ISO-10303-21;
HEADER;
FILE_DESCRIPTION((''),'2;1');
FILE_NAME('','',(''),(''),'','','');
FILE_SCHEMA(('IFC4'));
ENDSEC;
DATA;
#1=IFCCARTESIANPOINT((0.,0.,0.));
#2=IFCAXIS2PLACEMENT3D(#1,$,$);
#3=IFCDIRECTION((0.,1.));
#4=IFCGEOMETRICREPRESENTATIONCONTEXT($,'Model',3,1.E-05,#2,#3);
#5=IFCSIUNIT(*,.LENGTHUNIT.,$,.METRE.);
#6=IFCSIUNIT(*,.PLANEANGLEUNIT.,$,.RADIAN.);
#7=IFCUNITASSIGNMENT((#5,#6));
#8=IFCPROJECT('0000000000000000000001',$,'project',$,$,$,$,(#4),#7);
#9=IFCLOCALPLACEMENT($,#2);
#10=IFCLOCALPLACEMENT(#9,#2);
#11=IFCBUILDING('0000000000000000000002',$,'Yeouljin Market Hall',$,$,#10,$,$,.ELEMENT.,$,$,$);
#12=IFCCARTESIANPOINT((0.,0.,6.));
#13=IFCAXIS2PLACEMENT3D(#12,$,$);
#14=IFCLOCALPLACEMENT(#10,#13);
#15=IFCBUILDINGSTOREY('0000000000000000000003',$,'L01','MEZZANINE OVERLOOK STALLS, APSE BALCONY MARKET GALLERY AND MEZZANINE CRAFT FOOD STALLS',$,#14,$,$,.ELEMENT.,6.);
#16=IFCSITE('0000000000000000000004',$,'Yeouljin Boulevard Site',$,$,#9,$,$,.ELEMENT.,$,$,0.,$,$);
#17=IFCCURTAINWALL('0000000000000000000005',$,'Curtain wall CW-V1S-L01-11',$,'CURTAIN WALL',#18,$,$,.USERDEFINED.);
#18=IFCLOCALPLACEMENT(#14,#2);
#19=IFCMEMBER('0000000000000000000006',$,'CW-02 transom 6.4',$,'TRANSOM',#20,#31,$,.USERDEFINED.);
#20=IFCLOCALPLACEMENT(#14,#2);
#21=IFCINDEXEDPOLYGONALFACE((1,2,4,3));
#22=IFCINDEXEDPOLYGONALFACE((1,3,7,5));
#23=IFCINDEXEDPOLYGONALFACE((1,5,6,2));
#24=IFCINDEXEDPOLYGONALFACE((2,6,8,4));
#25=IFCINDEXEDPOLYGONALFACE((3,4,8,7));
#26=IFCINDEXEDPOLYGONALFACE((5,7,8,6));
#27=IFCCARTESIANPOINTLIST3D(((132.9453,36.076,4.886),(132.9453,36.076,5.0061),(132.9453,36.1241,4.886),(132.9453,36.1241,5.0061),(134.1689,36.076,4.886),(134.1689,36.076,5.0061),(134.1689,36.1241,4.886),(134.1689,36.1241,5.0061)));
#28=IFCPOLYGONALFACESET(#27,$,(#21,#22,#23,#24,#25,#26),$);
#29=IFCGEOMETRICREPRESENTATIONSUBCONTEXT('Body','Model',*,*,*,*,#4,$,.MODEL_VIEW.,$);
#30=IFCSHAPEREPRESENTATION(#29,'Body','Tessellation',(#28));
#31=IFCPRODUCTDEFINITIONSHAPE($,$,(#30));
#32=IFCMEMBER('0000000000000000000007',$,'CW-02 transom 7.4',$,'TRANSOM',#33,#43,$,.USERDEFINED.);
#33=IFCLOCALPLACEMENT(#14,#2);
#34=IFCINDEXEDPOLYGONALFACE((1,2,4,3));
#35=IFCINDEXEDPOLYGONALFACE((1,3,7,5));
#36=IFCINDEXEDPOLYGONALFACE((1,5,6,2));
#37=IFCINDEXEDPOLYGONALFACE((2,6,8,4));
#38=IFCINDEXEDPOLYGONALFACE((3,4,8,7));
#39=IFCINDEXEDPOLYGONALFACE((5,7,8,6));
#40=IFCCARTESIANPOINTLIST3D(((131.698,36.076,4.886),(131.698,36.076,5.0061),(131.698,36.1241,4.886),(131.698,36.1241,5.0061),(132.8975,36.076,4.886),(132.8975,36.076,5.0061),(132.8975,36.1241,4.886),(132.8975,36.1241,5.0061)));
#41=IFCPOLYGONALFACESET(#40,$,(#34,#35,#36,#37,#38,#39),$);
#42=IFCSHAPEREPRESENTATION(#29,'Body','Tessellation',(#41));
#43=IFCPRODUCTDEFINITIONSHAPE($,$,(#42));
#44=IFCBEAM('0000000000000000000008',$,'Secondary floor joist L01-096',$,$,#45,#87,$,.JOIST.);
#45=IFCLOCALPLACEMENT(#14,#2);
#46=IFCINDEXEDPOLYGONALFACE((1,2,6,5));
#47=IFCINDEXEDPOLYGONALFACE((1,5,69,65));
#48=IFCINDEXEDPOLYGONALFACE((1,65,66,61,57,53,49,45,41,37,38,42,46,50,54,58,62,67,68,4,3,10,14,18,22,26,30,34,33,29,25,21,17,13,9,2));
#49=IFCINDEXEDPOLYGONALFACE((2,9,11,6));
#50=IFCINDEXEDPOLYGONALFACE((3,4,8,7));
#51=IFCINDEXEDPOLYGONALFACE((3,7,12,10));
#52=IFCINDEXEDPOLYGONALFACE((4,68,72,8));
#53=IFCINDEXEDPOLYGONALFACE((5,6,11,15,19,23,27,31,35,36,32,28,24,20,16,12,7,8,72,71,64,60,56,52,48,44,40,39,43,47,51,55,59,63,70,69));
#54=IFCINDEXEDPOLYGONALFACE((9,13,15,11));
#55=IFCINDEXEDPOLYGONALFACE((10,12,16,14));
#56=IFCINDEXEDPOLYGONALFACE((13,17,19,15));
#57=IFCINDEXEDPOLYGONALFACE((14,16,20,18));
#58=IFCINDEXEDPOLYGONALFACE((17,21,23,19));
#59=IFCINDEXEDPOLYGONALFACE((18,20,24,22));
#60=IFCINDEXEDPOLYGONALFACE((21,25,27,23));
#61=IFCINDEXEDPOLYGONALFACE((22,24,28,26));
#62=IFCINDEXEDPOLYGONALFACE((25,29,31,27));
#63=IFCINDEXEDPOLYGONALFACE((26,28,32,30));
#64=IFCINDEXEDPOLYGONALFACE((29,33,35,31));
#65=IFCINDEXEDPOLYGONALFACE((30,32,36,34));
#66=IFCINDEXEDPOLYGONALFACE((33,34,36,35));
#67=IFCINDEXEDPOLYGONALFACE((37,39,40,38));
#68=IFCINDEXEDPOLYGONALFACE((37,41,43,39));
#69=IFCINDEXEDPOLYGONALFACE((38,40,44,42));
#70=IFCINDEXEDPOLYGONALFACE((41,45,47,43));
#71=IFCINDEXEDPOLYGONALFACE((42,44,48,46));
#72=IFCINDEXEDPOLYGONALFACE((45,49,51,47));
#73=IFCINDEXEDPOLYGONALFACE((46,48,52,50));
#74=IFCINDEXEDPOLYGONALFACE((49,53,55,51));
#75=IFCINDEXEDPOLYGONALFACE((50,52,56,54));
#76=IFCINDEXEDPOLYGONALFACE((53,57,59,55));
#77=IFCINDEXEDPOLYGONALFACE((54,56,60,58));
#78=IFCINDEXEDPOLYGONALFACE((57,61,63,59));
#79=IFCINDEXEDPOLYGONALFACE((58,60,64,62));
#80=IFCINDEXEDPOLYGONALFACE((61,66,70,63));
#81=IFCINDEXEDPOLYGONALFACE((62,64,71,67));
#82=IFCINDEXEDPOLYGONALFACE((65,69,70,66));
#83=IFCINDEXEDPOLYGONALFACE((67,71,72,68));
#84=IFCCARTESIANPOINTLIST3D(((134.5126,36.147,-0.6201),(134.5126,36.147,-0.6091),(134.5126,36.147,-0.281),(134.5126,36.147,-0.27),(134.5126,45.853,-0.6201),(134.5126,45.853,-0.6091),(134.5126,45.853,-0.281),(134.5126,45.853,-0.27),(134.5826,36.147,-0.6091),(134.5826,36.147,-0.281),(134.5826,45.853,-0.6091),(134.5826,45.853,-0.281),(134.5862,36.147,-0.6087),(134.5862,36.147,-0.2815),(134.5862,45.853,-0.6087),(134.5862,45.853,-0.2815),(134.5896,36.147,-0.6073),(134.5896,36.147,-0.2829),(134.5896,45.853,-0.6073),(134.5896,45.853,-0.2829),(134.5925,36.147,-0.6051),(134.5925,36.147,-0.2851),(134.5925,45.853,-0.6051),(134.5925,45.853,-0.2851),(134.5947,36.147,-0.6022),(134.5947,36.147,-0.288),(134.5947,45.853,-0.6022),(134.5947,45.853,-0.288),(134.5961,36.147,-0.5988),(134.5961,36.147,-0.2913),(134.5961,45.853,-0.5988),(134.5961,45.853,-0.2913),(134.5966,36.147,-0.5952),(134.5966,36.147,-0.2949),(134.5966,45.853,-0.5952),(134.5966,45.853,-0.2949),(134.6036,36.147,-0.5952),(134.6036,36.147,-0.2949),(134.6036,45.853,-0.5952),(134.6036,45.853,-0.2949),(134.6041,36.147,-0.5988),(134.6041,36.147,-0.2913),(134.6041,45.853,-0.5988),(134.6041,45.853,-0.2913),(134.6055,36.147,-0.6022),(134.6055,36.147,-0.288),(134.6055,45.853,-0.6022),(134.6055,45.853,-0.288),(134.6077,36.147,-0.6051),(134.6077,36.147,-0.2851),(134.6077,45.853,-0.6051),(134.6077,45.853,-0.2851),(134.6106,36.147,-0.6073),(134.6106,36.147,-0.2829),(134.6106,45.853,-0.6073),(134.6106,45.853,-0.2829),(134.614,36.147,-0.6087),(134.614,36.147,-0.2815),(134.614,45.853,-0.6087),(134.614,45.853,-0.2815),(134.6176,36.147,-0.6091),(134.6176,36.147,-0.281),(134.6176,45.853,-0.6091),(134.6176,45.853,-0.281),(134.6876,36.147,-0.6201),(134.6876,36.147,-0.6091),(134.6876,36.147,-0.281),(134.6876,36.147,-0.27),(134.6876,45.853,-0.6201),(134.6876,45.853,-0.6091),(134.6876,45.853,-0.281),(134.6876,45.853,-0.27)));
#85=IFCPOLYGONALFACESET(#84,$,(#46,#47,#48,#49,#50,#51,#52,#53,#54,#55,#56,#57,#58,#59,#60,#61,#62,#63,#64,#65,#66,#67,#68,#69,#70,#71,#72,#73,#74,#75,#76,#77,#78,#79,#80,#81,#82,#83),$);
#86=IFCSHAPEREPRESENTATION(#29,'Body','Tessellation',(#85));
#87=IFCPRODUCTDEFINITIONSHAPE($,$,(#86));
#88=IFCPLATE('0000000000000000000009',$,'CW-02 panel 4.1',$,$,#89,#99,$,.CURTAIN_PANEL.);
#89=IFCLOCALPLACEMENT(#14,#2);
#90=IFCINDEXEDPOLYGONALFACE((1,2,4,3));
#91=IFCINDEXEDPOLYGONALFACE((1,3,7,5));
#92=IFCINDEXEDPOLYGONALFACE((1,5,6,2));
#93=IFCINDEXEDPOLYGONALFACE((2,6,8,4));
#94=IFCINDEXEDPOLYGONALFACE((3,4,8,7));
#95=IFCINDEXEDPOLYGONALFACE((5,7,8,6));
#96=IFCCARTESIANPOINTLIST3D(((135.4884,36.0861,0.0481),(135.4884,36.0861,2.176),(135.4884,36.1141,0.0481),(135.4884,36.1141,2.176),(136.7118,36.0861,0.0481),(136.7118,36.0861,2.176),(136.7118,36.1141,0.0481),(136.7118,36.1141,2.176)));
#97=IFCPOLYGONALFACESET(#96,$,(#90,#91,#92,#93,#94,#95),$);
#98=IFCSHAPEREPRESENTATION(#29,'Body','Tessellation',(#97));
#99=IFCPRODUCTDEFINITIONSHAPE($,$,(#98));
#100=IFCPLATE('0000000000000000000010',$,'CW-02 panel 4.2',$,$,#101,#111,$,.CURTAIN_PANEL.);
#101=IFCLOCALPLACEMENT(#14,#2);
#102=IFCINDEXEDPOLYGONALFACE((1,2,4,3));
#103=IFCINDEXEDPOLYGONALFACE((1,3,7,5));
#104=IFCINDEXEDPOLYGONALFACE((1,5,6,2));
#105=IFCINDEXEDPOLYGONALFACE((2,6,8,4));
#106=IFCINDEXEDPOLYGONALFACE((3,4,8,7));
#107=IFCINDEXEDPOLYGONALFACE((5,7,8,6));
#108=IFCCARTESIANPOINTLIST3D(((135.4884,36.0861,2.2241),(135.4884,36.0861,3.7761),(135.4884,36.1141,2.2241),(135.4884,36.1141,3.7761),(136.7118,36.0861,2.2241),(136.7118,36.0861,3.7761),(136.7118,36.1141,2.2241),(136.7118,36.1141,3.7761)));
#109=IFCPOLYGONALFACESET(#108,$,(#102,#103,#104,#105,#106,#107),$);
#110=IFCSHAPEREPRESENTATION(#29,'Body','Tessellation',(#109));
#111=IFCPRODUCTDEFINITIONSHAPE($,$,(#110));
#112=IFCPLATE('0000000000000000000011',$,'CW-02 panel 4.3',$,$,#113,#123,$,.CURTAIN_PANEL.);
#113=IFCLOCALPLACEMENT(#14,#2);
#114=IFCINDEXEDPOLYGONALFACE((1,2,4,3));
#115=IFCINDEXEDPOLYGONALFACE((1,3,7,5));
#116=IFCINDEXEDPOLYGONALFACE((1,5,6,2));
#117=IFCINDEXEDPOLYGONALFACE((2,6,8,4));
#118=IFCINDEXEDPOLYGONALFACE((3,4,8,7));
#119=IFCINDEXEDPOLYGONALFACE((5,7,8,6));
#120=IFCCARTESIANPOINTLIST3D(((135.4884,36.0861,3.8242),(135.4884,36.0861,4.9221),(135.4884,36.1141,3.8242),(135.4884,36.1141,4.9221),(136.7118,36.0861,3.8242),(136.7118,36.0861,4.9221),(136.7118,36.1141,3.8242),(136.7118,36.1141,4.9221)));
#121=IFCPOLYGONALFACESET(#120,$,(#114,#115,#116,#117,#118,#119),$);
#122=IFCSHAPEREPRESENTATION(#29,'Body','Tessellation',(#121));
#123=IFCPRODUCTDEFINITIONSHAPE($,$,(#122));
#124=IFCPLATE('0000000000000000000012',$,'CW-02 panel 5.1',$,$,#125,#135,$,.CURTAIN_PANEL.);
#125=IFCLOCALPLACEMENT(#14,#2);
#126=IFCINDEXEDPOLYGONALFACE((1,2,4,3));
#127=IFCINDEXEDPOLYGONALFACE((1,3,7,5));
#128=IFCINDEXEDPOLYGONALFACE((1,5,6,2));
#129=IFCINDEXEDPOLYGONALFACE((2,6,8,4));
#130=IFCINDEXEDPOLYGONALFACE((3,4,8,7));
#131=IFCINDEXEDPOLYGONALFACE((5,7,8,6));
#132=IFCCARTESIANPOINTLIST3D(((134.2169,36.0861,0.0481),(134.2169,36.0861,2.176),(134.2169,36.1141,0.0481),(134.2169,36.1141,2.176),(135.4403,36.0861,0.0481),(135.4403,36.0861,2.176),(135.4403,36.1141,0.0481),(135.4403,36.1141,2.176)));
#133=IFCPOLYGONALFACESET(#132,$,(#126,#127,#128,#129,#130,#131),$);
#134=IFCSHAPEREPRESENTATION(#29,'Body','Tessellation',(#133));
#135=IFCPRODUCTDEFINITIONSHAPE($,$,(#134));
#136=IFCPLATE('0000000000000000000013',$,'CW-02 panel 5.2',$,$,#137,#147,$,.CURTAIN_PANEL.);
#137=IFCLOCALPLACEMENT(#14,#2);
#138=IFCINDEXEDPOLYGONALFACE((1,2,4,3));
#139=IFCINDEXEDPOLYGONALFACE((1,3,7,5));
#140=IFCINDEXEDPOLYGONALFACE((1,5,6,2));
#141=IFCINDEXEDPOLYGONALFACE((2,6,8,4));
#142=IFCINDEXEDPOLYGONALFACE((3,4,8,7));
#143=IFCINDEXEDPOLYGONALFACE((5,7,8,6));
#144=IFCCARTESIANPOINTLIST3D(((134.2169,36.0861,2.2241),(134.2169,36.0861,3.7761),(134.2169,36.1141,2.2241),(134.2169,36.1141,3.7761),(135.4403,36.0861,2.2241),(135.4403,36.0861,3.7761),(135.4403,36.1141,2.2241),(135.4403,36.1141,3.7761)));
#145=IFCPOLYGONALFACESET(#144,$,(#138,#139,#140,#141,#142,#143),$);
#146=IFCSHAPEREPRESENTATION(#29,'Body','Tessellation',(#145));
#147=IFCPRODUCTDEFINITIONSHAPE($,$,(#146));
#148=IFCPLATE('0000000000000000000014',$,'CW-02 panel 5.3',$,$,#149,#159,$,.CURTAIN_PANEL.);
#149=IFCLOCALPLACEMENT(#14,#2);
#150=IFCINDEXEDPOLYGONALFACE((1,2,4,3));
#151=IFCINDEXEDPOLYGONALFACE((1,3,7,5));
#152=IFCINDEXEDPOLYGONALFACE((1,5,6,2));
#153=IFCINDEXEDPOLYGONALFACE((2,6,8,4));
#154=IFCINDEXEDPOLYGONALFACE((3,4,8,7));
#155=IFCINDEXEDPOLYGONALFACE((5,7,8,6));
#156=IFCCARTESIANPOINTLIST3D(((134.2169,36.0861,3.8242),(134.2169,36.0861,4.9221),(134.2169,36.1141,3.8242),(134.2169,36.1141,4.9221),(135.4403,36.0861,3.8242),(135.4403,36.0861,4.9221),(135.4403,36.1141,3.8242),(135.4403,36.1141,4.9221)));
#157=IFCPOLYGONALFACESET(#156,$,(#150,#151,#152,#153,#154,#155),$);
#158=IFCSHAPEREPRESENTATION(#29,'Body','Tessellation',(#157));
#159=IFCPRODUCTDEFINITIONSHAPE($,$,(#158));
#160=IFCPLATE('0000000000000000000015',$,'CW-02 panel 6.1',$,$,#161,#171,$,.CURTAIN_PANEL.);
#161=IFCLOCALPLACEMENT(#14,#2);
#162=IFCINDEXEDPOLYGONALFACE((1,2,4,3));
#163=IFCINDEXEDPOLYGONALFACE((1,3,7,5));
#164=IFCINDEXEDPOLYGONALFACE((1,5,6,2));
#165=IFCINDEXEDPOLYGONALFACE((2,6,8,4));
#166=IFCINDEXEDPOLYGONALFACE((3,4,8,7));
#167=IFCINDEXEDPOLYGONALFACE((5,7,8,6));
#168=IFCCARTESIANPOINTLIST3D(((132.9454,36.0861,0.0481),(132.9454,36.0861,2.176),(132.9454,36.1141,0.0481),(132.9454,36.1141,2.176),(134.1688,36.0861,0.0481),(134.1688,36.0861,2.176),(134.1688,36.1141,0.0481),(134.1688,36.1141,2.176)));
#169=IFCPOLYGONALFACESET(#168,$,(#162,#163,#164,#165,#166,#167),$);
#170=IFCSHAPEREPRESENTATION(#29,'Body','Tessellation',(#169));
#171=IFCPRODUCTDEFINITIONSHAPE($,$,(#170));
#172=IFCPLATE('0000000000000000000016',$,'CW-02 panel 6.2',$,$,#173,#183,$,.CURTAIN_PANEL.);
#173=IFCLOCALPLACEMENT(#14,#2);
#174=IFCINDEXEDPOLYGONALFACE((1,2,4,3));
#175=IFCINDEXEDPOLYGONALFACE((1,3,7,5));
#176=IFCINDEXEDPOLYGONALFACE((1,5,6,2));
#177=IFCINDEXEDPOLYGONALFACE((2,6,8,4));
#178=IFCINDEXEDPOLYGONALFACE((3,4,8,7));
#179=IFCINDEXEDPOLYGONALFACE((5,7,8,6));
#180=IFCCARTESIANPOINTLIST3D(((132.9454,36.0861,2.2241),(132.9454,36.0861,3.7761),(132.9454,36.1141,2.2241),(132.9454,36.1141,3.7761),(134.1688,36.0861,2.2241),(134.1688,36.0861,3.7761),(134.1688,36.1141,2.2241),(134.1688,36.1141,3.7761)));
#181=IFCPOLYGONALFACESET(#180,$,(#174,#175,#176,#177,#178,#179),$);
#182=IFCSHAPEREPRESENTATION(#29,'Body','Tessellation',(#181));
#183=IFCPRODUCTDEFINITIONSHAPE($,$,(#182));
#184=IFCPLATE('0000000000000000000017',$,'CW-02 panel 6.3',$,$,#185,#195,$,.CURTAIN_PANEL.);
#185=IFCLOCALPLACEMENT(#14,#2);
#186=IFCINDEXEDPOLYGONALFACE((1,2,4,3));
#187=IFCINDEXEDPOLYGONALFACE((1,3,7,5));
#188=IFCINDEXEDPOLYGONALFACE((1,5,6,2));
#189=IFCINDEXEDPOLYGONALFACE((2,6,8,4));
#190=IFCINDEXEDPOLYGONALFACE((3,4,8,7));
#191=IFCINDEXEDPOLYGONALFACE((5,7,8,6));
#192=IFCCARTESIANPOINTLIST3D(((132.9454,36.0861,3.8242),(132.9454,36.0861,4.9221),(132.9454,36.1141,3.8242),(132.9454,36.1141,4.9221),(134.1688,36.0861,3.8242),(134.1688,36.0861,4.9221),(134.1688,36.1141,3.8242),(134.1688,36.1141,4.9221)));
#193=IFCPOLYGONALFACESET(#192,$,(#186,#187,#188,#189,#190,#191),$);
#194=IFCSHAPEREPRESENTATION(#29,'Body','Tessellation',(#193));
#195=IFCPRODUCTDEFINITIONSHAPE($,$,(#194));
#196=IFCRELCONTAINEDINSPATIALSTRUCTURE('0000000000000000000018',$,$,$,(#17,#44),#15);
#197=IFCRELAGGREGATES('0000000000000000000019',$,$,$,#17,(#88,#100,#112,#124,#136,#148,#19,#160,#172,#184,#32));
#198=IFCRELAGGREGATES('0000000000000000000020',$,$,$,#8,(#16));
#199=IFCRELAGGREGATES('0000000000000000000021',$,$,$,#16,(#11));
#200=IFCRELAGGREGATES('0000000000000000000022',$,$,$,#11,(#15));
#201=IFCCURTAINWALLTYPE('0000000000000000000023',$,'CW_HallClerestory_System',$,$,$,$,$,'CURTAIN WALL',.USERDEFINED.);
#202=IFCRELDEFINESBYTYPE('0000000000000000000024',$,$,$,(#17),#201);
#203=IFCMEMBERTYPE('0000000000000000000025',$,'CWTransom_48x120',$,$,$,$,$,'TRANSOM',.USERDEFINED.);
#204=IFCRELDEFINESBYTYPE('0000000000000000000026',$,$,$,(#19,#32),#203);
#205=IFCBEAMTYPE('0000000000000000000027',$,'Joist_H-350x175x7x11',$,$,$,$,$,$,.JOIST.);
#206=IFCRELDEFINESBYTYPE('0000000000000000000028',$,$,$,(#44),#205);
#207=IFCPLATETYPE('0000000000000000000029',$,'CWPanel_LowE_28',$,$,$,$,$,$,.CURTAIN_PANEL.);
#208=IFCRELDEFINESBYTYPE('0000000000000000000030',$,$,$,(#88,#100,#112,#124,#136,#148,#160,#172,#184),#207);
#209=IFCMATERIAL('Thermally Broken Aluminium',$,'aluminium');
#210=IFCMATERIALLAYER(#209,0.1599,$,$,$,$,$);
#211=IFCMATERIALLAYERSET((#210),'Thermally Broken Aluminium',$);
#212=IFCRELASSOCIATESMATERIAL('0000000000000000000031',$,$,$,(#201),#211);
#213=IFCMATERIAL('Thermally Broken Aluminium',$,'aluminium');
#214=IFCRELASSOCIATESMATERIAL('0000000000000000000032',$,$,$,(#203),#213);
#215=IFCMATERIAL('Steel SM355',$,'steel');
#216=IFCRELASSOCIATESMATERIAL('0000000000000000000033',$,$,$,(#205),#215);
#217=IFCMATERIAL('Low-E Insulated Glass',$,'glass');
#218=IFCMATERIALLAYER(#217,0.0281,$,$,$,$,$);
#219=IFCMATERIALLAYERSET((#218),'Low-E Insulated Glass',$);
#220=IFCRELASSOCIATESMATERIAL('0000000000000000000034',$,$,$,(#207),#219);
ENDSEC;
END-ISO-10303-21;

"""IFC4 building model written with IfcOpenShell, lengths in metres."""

from ifc_helpers import new_model, si_unit, direction, frame, origin, origin_2d, place, context, subcontext, project, spatial, rectangle, i_section, extrude, material, layer, layer_set, material_profile, profile_set, type_object, element, aggregate, save


model = new_model("IFC4")

# Units and contexts
model_context = context("Model", 3, precision=1e-05, world=origin(), true_north=direction((0.0, 1.0)))
body_context = subcontext(model_context, "Body", "Model", "MODEL_VIEW")
ifc_project = project(units=[si_unit("LENGTHUNIT", "METRE"), si_unit("PLANEANGLEUNIT", "RADIAN")], contexts=[model_context])

# Site, building, storey
site_placement = place(None, origin())
site = spatial("IfcSite", under=ifc_project, at=site_placement, Name="Yeouljin Boulevard Site", CompositionType="ELEMENT", RefElevation=0.0)
building_placement = place(site_placement, origin())
building = spatial("IfcBuilding", under=site, at=building_placement, Name="Yeouljin Market Hall", CompositionType="ELEMENT")
storey_placement = place(building_placement, frame((0.0, 0.0, 6.0)))
storey = spatial("IfcBuildingStorey", under=building, at=storey_placement, Name="L01", Description="MEZZANINE OVERLOOK STALLS, APSE BALCONY MARKET GALLERY AND MEZZANINE CRAFT FOOD STALLS", CompositionType="ELEMENT", Elevation=6.0)

# Curtain wall, members
ifc_material_1 = material(Name="Thermally Broken Aluminium", Category="aluminium")
ifc_layer_1 = layer(ifc_material_1, 0.1599)
ifc_layer_set_1 = layer_set([ifc_layer_1], Name="Thermally Broken Aluminium")
curtain_wall_type = type_object("IfcCurtainWallType", Name="CW_HallClerestory_System", ElementType="CURTAIN WALL", PredefinedType="USERDEFINED", material=ifc_layer_set_1)
curtain_wall_placement = place(storey_placement, origin())
curtain_wall = element("IfcCurtainWall", 1, at=curtain_wall_placement, inside=storey, type_object=curtain_wall_type, Name="Curtain wall CW-V1S-L01-11", ObjectType="CURTAIN WALL", PredefinedType="USERDEFINED")
ifc_material_2 = material(Name="Thermally Broken Aluminium", Category="aluminium")
ifc_material_profile_1 = material_profile(ifc_material_2, rectangle(XDim=0.0481, YDim=0.1201, at=origin_2d()), Name="CW-TRAN-48x120")
ifc_profile_set_1 = profile_set([ifc_material_profile_1], Name="Thermally Broken Aluminium")
member_type_1 = type_object("IfcMemberType", Name="CWTransom_48x120", ElementType="TRANSOM", PredefinedType="USERDEFINED", material=ifc_profile_set_1)
member_1_placement = place(storey_placement, frame((134.1689, 36.1001, 4.946), z_axis=(-1.0, 0.0, 0.0), x_axis=(0.0, -1.0, 0.0)))
member_1 = element("IfcMember", 2, at=member_1_placement, type_object=member_type_1, Name="CW-02 transom 6.4", ObjectType="TRANSOM", PredefinedType="USERDEFINED", context=body_context, shape_type="SweptSolid", body=[
    extrude(rectangle(XDim=0.0481, YDim=0.1201, at=origin_2d()), origin(), (0.0, 0.0, 1.0), 1.2236),
])
member_2_placement = place(storey_placement, frame((132.8975, 36.1001, 4.946), z_axis=(-1.0, 0.0, 0.0), x_axis=(0.0, -1.0, 0.0)))
member_2 = element("IfcMember", 3, at=member_2_placement, type_object=member_type_1, Name="CW-02 transom 7.4", ObjectType="TRANSOM", PredefinedType="USERDEFINED", context=body_context, shape_type="SweptSolid", body=[
    extrude(rectangle(XDim=0.0481, YDim=0.1201, at=origin_2d()), origin(), (0.0, 0.0, 1.0), 1.1995),
])

# Beam
ifc_material_3 = material(Name="Steel SM355", Category="steel")
ifc_material_profile_2 = material_profile(ifc_material_3, i_section(OverallWidth=0.175, OverallDepth=0.3501, WebThickness=0.0071, FlangeThickness=0.011, FilletRadius=0.0139, at=origin_2d()), Name="H-350x175x7x11")
ifc_profile_set_2 = profile_set([ifc_material_profile_2], Name="Steel SM355")
beam_type = type_object("IfcBeamType", Name="Joist_H-350x175x7x11", PredefinedType="JOIST", material=ifc_profile_set_2)
beam_placement = place(storey_placement, frame((134.6001, 36.147, -0.4451), z_axis=(0.0, 1.0, 0.0), x_axis=(-1.0, 0.0, 0.0)))
element("IfcBeam", 4, at=beam_placement, inside=storey, type_object=beam_type, Name="Secondary floor joist L01-096", PredefinedType="JOIST", context=body_context, shape_type="SweptSolid", body=[
    extrude(i_section(OverallWidth=0.175, OverallDepth=0.3501, WebThickness=0.0071, FlangeThickness=0.011, FilletRadius=0.0139, at=origin_2d()), origin(), (0.0, 0.0, 1.0), 9.7061),
])

# Plates
ifc_material_4 = material(Name="Low-E Insulated Glass", Category="glass")
ifc_layer_2 = layer(ifc_material_4, 0.0281)
ifc_layer_set_2 = layer_set([ifc_layer_2], Name="Low-E Insulated Glass")
plate_type = type_object("IfcPlateType", Name="CWPanel_LowE_28", PredefinedType="CURTAIN_PANEL", material=ifc_layer_set_2)
plate_1_placement = place(storey_placement, frame((136.1001, 36.1001, 0.0481), z_axis=(0.0, 0.0, 1.0), x_axis=(-1.0, 0.0, 0.0)))
plate_1 = element("IfcPlate", 5, at=plate_1_placement, type_object=plate_type, Name="CW-02 panel 4.1", PredefinedType="CURTAIN_PANEL", context=body_context, shape_type="SweptSolid", body=[
    extrude(rectangle(XDim=1.2234, YDim=0.0281, at=origin_2d()), origin(), (0.0, 0.0, 1.0), 2.1279),
])
plate_2_placement = place(storey_placement, frame((136.1001, 36.1001, 2.2241), z_axis=(0.0, 0.0, 1.0), x_axis=(-1.0, 0.0, 0.0)))
plate_2 = element("IfcPlate", 6, at=plate_2_placement, type_object=plate_type, Name="CW-02 panel 4.2", PredefinedType="CURTAIN_PANEL", context=body_context, shape_type="SweptSolid", body=[
    extrude(rectangle(XDim=1.2234, YDim=0.0281, at=origin_2d()), origin(), (0.0, 0.0, 1.0), 1.552),
])
plate_3_placement = place(storey_placement, frame((136.1001, 36.1001, 3.8242), z_axis=(0.0, 0.0, 1.0), x_axis=(-1.0, 0.0, 0.0)))
plate_3 = element("IfcPlate", 7, at=plate_3_placement, type_object=plate_type, Name="CW-02 panel 4.3", PredefinedType="CURTAIN_PANEL", context=body_context, shape_type="SweptSolid", body=[
    extrude(rectangle(XDim=1.2234, YDim=0.0281, at=origin_2d()), origin(), (0.0, 0.0, 1.0), 1.0979),
])
plate_4_placement = place(storey_placement, frame((134.8286, 36.1001, 0.0481), z_axis=(0.0, 0.0, 1.0), x_axis=(-1.0, 0.0, 0.0)))
plate_4 = element("IfcPlate", 8, at=plate_4_placement, type_object=plate_type, Name="CW-02 panel 5.1", PredefinedType="CURTAIN_PANEL", context=body_context, shape_type="SweptSolid", body=[
    extrude(rectangle(XDim=1.2234, YDim=0.0281, at=origin_2d()), origin(), (0.0, 0.0, 1.0), 2.1279),
])
plate_5_placement = place(storey_placement, frame((134.8286, 36.1001, 2.2241), z_axis=(0.0, 0.0, 1.0), x_axis=(-1.0, 0.0, 0.0)))
plate_5 = element("IfcPlate", 9, at=plate_5_placement, type_object=plate_type, Name="CW-02 panel 5.2", PredefinedType="CURTAIN_PANEL", context=body_context, shape_type="SweptSolid", body=[
    extrude(rectangle(XDim=1.2234, YDim=0.0281, at=origin_2d()), origin(), (0.0, 0.0, 1.0), 1.552),
])
plate_6_placement = place(storey_placement, frame((134.8286, 36.1001, 3.8242), z_axis=(0.0, 0.0, 1.0), x_axis=(-1.0, 0.0, 0.0)))
plate_6 = element("IfcPlate", 10, at=plate_6_placement, type_object=plate_type, Name="CW-02 panel 5.3", PredefinedType="CURTAIN_PANEL", context=body_context, shape_type="SweptSolid", body=[
    extrude(rectangle(XDim=1.2234, YDim=0.0281, at=origin_2d()), origin(), (0.0, 0.0, 1.0), 1.0979),
])
plate_7_placement = place(storey_placement, frame((133.5571, 36.1001, 0.0481), z_axis=(0.0, 0.0, 1.0), x_axis=(-1.0, 0.0, 0.0)))
plate_7 = element("IfcPlate", 11, at=plate_7_placement, type_object=plate_type, Name="CW-02 panel 6.1", PredefinedType="CURTAIN_PANEL", context=body_context, shape_type="SweptSolid", body=[
    extrude(rectangle(XDim=1.2234, YDim=0.0281, at=origin_2d()), origin(), (0.0, 0.0, 1.0), 2.1279),
])
plate_8_placement = place(storey_placement, frame((133.5571, 36.1001, 2.2241), z_axis=(0.0, 0.0, 1.0), x_axis=(-1.0, 0.0, 0.0)))
plate_8 = element("IfcPlate", 12, at=plate_8_placement, type_object=plate_type, Name="CW-02 panel 6.2", PredefinedType="CURTAIN_PANEL", context=body_context, shape_type="SweptSolid", body=[
    extrude(rectangle(XDim=1.2234, YDim=0.0281, at=origin_2d()), origin(), (0.0, 0.0, 1.0), 1.552),
])
plate_9_placement = place(storey_placement, frame((133.5571, 36.1001, 3.8242), z_axis=(0.0, 0.0, 1.0), x_axis=(-1.0, 0.0, 0.0)))
plate_9 = element("IfcPlate", 13, at=plate_9_placement, type_object=plate_type, Name="CW-02 panel 6.3", PredefinedType="CURTAIN_PANEL", context=body_context, shape_type="SweptSolid", body=[
    extrude(rectangle(XDim=1.2234, YDim=0.0281, at=origin_2d()), origin(), (0.0, 0.0, 1.0), 1.0979),
])
aggregate(curtain_wall, [plate_1, plate_2, plate_3, plate_4, plate_5, plate_6, member_1, plate_7, plate_8, plate_9, member_2])

save(model, "model.ifc")
